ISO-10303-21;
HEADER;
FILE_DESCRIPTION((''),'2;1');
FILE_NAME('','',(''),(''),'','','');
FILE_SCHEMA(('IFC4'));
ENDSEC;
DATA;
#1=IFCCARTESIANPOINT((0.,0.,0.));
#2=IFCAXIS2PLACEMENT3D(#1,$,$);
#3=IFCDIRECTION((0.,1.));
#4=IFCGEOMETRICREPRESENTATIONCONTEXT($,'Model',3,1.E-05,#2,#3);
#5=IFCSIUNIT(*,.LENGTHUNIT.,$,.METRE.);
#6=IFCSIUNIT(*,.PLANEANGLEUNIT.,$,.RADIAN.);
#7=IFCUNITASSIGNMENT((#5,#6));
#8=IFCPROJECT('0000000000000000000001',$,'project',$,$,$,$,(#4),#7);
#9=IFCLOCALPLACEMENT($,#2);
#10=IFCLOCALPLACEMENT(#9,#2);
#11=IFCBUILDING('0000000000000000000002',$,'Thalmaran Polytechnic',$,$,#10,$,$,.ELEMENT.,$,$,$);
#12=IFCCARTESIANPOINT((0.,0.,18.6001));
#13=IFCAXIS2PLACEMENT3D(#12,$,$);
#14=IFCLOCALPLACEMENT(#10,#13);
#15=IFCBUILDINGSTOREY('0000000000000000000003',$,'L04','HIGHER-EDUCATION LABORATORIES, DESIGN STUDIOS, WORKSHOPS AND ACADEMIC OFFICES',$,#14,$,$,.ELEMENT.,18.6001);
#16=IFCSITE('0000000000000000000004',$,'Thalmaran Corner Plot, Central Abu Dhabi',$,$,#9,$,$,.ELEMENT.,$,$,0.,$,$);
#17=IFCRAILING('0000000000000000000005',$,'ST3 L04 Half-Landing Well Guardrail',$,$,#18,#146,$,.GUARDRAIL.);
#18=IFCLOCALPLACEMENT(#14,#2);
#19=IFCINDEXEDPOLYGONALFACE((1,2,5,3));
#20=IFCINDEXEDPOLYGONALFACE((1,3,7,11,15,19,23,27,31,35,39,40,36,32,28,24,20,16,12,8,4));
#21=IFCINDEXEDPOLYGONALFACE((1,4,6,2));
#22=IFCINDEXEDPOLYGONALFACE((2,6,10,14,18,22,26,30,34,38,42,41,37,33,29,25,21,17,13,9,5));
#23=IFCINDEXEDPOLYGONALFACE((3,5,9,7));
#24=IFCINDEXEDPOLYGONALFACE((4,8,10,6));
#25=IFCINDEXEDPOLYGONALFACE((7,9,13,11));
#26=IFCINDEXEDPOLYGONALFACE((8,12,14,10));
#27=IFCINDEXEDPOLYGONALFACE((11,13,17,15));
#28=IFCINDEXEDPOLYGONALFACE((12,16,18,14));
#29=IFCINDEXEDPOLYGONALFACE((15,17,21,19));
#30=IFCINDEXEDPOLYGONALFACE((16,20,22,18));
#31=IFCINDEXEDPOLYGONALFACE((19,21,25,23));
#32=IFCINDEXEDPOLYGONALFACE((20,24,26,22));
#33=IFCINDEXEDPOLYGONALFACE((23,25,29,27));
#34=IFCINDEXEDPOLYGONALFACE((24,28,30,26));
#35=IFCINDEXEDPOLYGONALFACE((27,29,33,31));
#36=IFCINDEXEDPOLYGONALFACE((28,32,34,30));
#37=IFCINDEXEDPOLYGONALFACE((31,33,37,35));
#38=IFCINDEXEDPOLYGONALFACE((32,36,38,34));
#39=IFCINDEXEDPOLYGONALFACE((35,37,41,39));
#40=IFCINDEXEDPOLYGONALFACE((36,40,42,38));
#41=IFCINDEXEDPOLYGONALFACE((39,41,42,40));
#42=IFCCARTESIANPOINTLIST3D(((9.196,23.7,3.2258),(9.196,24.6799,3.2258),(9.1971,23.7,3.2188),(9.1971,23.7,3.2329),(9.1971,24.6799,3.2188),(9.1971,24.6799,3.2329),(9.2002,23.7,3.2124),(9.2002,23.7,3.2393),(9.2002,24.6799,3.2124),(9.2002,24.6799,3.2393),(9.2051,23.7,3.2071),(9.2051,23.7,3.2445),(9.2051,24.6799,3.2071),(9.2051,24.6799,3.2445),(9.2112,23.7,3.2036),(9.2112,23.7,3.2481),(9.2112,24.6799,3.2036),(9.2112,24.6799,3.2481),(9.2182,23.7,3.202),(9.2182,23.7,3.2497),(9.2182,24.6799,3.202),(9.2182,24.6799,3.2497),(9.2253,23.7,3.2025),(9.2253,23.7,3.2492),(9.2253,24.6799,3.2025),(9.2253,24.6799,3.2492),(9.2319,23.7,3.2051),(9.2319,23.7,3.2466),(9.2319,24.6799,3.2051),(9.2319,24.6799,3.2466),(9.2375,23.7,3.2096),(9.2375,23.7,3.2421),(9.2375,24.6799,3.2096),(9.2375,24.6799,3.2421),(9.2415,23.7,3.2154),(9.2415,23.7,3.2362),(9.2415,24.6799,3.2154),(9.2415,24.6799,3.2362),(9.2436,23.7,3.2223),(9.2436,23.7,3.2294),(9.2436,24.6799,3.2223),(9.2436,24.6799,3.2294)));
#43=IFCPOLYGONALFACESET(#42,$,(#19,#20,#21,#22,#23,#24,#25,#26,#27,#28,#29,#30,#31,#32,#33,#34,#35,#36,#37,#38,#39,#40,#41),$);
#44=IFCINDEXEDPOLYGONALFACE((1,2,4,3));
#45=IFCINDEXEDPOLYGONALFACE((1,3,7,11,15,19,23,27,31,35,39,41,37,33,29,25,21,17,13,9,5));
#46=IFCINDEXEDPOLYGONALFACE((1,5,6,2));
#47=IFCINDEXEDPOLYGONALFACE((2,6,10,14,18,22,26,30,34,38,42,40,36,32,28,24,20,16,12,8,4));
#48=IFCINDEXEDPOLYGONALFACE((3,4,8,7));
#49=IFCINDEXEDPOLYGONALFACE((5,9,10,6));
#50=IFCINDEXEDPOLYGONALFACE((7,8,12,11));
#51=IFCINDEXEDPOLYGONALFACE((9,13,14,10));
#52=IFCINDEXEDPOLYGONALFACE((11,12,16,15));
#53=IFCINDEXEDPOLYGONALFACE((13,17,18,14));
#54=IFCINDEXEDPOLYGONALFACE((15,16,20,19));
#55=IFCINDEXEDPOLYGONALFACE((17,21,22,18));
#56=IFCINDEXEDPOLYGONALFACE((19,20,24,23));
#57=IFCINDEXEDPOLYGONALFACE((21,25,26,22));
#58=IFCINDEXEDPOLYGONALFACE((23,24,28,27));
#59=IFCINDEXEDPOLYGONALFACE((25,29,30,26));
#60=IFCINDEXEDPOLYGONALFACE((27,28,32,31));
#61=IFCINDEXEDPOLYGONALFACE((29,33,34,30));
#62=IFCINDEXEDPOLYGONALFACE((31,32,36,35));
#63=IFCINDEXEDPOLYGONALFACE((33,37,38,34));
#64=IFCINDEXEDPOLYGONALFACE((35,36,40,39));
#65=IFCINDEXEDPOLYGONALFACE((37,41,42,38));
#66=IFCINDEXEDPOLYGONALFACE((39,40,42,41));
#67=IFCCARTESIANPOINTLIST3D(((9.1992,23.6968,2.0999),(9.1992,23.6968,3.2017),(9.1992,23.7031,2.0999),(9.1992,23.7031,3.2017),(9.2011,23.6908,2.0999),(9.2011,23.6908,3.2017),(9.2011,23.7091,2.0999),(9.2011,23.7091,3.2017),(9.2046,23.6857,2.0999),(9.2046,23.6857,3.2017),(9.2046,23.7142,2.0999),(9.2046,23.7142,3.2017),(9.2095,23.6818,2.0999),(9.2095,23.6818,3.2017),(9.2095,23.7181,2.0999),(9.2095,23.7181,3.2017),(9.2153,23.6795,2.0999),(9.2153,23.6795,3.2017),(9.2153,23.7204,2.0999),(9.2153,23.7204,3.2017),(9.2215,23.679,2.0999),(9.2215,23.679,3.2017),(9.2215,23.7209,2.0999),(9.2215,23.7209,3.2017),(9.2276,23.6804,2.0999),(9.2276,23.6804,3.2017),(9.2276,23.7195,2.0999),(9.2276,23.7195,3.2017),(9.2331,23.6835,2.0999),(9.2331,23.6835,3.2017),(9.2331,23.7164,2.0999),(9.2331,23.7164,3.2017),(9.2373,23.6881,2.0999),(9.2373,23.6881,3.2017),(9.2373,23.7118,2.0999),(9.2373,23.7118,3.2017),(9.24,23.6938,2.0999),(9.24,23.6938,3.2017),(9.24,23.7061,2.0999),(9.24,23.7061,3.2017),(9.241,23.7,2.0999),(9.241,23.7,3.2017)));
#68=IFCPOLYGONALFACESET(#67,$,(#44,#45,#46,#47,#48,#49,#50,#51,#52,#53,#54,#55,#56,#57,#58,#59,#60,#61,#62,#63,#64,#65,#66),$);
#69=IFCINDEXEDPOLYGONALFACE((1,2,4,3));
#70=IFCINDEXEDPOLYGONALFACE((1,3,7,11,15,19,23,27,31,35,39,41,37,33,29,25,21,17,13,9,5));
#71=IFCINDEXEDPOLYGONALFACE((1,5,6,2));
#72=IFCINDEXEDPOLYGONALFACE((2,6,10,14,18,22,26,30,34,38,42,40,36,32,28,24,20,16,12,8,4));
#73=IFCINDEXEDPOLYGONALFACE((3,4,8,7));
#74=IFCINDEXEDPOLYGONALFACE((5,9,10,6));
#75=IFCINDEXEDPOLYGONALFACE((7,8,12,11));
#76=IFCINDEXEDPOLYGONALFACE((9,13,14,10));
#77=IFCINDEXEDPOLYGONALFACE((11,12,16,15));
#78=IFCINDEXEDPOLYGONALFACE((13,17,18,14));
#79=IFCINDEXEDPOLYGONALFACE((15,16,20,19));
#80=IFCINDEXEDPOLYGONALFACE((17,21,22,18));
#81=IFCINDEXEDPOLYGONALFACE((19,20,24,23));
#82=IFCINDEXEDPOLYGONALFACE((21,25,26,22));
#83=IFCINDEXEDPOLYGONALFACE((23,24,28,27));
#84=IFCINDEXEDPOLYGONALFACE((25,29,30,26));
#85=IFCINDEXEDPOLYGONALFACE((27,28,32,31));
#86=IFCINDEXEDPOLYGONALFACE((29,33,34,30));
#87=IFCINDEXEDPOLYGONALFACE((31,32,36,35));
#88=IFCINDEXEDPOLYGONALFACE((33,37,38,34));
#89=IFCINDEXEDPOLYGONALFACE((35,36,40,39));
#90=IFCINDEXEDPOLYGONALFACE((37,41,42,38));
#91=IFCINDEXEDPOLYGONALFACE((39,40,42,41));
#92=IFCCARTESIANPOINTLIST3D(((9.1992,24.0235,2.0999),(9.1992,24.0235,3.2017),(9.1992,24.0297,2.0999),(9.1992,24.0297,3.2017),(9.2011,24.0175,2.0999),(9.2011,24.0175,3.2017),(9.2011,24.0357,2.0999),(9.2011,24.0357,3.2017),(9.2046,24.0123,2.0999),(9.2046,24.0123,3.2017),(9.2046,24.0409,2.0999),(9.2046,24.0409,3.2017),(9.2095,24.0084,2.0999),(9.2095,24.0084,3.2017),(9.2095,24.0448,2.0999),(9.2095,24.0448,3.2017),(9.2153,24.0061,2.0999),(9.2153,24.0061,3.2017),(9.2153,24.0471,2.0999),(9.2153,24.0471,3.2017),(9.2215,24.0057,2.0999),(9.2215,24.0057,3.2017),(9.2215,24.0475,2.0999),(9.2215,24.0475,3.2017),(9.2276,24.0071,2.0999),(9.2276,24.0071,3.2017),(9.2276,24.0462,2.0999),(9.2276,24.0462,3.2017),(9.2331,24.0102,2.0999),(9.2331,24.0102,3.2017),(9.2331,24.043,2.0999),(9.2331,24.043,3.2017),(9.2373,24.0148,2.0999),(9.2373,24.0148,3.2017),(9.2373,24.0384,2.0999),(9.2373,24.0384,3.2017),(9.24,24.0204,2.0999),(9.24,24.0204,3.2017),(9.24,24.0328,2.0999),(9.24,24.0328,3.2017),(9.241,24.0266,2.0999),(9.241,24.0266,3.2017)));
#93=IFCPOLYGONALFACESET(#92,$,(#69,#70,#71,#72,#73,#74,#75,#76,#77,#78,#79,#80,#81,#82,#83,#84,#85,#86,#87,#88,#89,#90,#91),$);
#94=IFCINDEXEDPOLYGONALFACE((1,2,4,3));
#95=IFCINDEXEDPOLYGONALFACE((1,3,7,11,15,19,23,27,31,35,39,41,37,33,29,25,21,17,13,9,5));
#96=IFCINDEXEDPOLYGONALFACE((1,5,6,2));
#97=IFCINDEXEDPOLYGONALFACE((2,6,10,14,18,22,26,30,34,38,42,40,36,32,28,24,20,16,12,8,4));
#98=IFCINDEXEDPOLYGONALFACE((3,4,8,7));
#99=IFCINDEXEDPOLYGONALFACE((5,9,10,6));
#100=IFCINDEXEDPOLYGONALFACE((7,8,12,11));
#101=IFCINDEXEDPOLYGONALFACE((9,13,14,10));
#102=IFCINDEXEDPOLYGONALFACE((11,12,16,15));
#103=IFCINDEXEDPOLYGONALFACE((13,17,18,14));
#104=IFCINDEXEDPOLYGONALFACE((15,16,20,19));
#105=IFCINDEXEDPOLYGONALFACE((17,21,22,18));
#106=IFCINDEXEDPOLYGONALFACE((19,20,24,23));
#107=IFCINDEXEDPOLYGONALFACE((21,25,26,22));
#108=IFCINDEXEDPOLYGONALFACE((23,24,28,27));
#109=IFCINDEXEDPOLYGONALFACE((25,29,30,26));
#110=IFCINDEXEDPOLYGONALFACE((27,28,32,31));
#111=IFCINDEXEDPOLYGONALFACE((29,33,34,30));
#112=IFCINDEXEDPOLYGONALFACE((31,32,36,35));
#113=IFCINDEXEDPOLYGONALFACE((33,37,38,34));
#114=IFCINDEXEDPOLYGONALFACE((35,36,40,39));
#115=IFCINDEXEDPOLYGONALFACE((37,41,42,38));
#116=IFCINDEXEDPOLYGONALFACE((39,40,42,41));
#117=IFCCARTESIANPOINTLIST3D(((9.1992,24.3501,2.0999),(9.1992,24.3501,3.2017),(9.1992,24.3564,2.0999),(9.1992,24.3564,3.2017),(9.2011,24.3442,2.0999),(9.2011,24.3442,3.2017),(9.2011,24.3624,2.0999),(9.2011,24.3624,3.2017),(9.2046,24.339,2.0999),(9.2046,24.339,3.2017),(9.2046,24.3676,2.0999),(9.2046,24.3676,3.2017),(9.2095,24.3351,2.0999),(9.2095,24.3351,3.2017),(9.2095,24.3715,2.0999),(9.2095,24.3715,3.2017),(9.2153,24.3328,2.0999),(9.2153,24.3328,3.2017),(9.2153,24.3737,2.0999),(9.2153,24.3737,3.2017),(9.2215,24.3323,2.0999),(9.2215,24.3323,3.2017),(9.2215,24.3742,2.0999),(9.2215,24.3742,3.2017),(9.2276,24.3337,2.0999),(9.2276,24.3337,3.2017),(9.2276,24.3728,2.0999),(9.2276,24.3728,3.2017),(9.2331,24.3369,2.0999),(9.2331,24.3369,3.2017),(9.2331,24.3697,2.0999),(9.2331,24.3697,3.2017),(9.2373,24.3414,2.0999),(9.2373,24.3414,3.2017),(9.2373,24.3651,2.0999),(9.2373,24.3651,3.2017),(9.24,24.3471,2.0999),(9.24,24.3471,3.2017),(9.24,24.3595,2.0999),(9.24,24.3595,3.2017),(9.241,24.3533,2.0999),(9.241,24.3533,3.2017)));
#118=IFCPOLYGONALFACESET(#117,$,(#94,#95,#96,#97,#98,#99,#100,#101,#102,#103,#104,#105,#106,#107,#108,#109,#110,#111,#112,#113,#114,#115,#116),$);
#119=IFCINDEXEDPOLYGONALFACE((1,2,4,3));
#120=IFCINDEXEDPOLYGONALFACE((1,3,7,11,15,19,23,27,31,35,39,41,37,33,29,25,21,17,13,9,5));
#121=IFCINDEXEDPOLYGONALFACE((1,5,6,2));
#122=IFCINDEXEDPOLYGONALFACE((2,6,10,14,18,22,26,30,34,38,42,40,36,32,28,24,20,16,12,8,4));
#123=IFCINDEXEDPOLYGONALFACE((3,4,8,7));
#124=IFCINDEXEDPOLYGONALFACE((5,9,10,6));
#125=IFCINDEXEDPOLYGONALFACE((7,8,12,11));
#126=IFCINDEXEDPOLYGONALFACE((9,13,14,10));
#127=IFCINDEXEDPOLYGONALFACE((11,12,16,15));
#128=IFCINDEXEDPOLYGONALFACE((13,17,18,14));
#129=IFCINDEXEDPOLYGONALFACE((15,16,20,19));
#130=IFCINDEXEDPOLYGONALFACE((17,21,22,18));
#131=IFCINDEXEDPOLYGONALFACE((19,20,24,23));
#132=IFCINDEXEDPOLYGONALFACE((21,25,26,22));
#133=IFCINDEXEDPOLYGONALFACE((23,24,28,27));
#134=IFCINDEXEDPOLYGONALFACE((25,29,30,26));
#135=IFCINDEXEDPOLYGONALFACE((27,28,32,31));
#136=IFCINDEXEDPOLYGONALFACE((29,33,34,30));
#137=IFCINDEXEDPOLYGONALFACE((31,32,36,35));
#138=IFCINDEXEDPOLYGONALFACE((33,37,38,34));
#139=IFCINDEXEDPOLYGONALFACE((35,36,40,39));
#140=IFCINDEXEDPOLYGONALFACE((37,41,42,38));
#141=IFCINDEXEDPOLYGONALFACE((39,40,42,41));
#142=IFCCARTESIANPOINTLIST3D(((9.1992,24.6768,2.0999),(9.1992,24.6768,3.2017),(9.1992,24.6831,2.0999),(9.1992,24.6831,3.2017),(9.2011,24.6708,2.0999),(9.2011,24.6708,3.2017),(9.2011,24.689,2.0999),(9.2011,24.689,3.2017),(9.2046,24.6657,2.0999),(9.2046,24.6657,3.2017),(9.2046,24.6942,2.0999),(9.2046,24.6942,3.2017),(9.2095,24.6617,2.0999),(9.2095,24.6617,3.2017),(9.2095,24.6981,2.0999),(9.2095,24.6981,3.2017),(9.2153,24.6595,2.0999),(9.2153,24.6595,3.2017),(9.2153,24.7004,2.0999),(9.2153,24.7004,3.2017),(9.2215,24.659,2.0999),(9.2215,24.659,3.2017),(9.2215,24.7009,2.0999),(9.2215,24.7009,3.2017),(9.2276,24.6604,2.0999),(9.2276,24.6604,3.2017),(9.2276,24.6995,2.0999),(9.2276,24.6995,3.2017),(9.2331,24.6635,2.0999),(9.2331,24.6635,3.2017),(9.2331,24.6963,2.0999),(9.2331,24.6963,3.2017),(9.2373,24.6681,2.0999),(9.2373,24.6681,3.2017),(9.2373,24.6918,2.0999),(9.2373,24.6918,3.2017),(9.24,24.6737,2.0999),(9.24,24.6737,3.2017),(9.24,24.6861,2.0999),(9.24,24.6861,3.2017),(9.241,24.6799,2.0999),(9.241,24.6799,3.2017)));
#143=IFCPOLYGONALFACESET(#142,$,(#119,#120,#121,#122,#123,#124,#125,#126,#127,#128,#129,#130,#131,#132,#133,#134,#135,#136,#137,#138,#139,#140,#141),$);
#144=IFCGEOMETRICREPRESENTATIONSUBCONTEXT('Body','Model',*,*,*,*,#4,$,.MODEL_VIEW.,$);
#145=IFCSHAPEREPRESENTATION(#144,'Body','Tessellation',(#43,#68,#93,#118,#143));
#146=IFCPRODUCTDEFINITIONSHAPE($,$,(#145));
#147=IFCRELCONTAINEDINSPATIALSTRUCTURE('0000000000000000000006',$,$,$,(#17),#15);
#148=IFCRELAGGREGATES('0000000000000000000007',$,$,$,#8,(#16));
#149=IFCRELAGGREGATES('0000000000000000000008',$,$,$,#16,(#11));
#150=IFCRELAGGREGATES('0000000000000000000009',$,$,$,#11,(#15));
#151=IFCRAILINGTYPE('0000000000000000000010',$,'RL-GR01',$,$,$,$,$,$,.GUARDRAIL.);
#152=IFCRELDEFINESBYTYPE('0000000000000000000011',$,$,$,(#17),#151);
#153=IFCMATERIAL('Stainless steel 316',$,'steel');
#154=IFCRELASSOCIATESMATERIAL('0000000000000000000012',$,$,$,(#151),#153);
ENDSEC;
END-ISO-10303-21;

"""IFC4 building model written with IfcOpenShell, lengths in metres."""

from ifc_helpers import new_model, si_unit, direction, frame, origin, origin_2d, place, context, subcontext, project, spatial, circle, extrude, material, type_object, element, save


model = new_model("IFC4")

# Units and contexts
model_context = context("Model", 3, precision=1e-05, world=origin(), true_north=direction((0.0, 1.0)))
body_context = subcontext(model_context, "Body", "Model", "MODEL_VIEW")
ifc_project = project(units=[si_unit("LENGTHUNIT", "METRE"), si_unit("PLANEANGLEUNIT", "RADIAN")], contexts=[model_context])

# Site, building, storey
site_placement = place(None, origin())
site = spatial("IfcSite", under=ifc_project, at=site_placement, Name="Thalmaran Corner Plot, Central Abu Dhabi", CompositionType="ELEMENT", RefElevation=0.0)
building_placement = place(site_placement, origin())
building = spatial("IfcBuilding", under=site, at=building_placement, Name="Thalmaran Polytechnic", CompositionType="ELEMENT")
storey_placement = place(building_placement, frame((0.0, 0.0, 18.6001)))
storey = spatial("IfcBuildingStorey", under=building, at=storey_placement, Name="L04", Description="HIGHER-EDUCATION LABORATORIES, DESIGN STUDIOS, WORKSHOPS AND ACADEMIC OFFICES", CompositionType="ELEMENT", Elevation=18.6001)

# Railing
ifc_material_1 = material(Name="Stainless steel 316", Category="steel")
railing_type_1 = type_object("IfcRailingType", Name="RL-GR01", PredefinedType="GUARDRAIL", material=ifc_material_1)
railing_1_placement = place(storey_placement, frame((9.22, 23.7, 2.0999)))
element("IfcRailing", 1, at=railing_1_placement, inside=storey, type_object=railing_type_1, Name="ST3 L04 Half-Landing Well Guardrail", PredefinedType="GUARDRAIL", context=body_context, shape_type="SweptSolid", body=[
    extrude(circle(Radius=0.0239, at=origin_2d()), frame((0.0, 0.0, 1.126), z_axis=(0.0, 1.0, 0.0), x_axis=(-1.0, 0.0, 0.0)), (0.0, 0.0, 1.0), 0.98),
    extrude(circle(Radius=0.021, at=origin_2d()), origin(), (0.0, 0.0, 1.0), 1.1018),
    extrude(circle(Radius=0.021, at=origin_2d()), frame((0.0, 0.3267, 0.0)), (0.0, 0.0, 1.0), 1.1018),
    extrude(circle(Radius=0.021, at=origin_2d()), frame((0.0, 0.6533, 0.0)), (0.0, 0.0, 1.0), 1.1018),
    extrude(circle(Radius=0.021, at=origin_2d()), frame((0.0, 0.98, 0.0)), (0.0, 0.0, 1.0), 1.1018),
])

save(model, "model.ifc")
